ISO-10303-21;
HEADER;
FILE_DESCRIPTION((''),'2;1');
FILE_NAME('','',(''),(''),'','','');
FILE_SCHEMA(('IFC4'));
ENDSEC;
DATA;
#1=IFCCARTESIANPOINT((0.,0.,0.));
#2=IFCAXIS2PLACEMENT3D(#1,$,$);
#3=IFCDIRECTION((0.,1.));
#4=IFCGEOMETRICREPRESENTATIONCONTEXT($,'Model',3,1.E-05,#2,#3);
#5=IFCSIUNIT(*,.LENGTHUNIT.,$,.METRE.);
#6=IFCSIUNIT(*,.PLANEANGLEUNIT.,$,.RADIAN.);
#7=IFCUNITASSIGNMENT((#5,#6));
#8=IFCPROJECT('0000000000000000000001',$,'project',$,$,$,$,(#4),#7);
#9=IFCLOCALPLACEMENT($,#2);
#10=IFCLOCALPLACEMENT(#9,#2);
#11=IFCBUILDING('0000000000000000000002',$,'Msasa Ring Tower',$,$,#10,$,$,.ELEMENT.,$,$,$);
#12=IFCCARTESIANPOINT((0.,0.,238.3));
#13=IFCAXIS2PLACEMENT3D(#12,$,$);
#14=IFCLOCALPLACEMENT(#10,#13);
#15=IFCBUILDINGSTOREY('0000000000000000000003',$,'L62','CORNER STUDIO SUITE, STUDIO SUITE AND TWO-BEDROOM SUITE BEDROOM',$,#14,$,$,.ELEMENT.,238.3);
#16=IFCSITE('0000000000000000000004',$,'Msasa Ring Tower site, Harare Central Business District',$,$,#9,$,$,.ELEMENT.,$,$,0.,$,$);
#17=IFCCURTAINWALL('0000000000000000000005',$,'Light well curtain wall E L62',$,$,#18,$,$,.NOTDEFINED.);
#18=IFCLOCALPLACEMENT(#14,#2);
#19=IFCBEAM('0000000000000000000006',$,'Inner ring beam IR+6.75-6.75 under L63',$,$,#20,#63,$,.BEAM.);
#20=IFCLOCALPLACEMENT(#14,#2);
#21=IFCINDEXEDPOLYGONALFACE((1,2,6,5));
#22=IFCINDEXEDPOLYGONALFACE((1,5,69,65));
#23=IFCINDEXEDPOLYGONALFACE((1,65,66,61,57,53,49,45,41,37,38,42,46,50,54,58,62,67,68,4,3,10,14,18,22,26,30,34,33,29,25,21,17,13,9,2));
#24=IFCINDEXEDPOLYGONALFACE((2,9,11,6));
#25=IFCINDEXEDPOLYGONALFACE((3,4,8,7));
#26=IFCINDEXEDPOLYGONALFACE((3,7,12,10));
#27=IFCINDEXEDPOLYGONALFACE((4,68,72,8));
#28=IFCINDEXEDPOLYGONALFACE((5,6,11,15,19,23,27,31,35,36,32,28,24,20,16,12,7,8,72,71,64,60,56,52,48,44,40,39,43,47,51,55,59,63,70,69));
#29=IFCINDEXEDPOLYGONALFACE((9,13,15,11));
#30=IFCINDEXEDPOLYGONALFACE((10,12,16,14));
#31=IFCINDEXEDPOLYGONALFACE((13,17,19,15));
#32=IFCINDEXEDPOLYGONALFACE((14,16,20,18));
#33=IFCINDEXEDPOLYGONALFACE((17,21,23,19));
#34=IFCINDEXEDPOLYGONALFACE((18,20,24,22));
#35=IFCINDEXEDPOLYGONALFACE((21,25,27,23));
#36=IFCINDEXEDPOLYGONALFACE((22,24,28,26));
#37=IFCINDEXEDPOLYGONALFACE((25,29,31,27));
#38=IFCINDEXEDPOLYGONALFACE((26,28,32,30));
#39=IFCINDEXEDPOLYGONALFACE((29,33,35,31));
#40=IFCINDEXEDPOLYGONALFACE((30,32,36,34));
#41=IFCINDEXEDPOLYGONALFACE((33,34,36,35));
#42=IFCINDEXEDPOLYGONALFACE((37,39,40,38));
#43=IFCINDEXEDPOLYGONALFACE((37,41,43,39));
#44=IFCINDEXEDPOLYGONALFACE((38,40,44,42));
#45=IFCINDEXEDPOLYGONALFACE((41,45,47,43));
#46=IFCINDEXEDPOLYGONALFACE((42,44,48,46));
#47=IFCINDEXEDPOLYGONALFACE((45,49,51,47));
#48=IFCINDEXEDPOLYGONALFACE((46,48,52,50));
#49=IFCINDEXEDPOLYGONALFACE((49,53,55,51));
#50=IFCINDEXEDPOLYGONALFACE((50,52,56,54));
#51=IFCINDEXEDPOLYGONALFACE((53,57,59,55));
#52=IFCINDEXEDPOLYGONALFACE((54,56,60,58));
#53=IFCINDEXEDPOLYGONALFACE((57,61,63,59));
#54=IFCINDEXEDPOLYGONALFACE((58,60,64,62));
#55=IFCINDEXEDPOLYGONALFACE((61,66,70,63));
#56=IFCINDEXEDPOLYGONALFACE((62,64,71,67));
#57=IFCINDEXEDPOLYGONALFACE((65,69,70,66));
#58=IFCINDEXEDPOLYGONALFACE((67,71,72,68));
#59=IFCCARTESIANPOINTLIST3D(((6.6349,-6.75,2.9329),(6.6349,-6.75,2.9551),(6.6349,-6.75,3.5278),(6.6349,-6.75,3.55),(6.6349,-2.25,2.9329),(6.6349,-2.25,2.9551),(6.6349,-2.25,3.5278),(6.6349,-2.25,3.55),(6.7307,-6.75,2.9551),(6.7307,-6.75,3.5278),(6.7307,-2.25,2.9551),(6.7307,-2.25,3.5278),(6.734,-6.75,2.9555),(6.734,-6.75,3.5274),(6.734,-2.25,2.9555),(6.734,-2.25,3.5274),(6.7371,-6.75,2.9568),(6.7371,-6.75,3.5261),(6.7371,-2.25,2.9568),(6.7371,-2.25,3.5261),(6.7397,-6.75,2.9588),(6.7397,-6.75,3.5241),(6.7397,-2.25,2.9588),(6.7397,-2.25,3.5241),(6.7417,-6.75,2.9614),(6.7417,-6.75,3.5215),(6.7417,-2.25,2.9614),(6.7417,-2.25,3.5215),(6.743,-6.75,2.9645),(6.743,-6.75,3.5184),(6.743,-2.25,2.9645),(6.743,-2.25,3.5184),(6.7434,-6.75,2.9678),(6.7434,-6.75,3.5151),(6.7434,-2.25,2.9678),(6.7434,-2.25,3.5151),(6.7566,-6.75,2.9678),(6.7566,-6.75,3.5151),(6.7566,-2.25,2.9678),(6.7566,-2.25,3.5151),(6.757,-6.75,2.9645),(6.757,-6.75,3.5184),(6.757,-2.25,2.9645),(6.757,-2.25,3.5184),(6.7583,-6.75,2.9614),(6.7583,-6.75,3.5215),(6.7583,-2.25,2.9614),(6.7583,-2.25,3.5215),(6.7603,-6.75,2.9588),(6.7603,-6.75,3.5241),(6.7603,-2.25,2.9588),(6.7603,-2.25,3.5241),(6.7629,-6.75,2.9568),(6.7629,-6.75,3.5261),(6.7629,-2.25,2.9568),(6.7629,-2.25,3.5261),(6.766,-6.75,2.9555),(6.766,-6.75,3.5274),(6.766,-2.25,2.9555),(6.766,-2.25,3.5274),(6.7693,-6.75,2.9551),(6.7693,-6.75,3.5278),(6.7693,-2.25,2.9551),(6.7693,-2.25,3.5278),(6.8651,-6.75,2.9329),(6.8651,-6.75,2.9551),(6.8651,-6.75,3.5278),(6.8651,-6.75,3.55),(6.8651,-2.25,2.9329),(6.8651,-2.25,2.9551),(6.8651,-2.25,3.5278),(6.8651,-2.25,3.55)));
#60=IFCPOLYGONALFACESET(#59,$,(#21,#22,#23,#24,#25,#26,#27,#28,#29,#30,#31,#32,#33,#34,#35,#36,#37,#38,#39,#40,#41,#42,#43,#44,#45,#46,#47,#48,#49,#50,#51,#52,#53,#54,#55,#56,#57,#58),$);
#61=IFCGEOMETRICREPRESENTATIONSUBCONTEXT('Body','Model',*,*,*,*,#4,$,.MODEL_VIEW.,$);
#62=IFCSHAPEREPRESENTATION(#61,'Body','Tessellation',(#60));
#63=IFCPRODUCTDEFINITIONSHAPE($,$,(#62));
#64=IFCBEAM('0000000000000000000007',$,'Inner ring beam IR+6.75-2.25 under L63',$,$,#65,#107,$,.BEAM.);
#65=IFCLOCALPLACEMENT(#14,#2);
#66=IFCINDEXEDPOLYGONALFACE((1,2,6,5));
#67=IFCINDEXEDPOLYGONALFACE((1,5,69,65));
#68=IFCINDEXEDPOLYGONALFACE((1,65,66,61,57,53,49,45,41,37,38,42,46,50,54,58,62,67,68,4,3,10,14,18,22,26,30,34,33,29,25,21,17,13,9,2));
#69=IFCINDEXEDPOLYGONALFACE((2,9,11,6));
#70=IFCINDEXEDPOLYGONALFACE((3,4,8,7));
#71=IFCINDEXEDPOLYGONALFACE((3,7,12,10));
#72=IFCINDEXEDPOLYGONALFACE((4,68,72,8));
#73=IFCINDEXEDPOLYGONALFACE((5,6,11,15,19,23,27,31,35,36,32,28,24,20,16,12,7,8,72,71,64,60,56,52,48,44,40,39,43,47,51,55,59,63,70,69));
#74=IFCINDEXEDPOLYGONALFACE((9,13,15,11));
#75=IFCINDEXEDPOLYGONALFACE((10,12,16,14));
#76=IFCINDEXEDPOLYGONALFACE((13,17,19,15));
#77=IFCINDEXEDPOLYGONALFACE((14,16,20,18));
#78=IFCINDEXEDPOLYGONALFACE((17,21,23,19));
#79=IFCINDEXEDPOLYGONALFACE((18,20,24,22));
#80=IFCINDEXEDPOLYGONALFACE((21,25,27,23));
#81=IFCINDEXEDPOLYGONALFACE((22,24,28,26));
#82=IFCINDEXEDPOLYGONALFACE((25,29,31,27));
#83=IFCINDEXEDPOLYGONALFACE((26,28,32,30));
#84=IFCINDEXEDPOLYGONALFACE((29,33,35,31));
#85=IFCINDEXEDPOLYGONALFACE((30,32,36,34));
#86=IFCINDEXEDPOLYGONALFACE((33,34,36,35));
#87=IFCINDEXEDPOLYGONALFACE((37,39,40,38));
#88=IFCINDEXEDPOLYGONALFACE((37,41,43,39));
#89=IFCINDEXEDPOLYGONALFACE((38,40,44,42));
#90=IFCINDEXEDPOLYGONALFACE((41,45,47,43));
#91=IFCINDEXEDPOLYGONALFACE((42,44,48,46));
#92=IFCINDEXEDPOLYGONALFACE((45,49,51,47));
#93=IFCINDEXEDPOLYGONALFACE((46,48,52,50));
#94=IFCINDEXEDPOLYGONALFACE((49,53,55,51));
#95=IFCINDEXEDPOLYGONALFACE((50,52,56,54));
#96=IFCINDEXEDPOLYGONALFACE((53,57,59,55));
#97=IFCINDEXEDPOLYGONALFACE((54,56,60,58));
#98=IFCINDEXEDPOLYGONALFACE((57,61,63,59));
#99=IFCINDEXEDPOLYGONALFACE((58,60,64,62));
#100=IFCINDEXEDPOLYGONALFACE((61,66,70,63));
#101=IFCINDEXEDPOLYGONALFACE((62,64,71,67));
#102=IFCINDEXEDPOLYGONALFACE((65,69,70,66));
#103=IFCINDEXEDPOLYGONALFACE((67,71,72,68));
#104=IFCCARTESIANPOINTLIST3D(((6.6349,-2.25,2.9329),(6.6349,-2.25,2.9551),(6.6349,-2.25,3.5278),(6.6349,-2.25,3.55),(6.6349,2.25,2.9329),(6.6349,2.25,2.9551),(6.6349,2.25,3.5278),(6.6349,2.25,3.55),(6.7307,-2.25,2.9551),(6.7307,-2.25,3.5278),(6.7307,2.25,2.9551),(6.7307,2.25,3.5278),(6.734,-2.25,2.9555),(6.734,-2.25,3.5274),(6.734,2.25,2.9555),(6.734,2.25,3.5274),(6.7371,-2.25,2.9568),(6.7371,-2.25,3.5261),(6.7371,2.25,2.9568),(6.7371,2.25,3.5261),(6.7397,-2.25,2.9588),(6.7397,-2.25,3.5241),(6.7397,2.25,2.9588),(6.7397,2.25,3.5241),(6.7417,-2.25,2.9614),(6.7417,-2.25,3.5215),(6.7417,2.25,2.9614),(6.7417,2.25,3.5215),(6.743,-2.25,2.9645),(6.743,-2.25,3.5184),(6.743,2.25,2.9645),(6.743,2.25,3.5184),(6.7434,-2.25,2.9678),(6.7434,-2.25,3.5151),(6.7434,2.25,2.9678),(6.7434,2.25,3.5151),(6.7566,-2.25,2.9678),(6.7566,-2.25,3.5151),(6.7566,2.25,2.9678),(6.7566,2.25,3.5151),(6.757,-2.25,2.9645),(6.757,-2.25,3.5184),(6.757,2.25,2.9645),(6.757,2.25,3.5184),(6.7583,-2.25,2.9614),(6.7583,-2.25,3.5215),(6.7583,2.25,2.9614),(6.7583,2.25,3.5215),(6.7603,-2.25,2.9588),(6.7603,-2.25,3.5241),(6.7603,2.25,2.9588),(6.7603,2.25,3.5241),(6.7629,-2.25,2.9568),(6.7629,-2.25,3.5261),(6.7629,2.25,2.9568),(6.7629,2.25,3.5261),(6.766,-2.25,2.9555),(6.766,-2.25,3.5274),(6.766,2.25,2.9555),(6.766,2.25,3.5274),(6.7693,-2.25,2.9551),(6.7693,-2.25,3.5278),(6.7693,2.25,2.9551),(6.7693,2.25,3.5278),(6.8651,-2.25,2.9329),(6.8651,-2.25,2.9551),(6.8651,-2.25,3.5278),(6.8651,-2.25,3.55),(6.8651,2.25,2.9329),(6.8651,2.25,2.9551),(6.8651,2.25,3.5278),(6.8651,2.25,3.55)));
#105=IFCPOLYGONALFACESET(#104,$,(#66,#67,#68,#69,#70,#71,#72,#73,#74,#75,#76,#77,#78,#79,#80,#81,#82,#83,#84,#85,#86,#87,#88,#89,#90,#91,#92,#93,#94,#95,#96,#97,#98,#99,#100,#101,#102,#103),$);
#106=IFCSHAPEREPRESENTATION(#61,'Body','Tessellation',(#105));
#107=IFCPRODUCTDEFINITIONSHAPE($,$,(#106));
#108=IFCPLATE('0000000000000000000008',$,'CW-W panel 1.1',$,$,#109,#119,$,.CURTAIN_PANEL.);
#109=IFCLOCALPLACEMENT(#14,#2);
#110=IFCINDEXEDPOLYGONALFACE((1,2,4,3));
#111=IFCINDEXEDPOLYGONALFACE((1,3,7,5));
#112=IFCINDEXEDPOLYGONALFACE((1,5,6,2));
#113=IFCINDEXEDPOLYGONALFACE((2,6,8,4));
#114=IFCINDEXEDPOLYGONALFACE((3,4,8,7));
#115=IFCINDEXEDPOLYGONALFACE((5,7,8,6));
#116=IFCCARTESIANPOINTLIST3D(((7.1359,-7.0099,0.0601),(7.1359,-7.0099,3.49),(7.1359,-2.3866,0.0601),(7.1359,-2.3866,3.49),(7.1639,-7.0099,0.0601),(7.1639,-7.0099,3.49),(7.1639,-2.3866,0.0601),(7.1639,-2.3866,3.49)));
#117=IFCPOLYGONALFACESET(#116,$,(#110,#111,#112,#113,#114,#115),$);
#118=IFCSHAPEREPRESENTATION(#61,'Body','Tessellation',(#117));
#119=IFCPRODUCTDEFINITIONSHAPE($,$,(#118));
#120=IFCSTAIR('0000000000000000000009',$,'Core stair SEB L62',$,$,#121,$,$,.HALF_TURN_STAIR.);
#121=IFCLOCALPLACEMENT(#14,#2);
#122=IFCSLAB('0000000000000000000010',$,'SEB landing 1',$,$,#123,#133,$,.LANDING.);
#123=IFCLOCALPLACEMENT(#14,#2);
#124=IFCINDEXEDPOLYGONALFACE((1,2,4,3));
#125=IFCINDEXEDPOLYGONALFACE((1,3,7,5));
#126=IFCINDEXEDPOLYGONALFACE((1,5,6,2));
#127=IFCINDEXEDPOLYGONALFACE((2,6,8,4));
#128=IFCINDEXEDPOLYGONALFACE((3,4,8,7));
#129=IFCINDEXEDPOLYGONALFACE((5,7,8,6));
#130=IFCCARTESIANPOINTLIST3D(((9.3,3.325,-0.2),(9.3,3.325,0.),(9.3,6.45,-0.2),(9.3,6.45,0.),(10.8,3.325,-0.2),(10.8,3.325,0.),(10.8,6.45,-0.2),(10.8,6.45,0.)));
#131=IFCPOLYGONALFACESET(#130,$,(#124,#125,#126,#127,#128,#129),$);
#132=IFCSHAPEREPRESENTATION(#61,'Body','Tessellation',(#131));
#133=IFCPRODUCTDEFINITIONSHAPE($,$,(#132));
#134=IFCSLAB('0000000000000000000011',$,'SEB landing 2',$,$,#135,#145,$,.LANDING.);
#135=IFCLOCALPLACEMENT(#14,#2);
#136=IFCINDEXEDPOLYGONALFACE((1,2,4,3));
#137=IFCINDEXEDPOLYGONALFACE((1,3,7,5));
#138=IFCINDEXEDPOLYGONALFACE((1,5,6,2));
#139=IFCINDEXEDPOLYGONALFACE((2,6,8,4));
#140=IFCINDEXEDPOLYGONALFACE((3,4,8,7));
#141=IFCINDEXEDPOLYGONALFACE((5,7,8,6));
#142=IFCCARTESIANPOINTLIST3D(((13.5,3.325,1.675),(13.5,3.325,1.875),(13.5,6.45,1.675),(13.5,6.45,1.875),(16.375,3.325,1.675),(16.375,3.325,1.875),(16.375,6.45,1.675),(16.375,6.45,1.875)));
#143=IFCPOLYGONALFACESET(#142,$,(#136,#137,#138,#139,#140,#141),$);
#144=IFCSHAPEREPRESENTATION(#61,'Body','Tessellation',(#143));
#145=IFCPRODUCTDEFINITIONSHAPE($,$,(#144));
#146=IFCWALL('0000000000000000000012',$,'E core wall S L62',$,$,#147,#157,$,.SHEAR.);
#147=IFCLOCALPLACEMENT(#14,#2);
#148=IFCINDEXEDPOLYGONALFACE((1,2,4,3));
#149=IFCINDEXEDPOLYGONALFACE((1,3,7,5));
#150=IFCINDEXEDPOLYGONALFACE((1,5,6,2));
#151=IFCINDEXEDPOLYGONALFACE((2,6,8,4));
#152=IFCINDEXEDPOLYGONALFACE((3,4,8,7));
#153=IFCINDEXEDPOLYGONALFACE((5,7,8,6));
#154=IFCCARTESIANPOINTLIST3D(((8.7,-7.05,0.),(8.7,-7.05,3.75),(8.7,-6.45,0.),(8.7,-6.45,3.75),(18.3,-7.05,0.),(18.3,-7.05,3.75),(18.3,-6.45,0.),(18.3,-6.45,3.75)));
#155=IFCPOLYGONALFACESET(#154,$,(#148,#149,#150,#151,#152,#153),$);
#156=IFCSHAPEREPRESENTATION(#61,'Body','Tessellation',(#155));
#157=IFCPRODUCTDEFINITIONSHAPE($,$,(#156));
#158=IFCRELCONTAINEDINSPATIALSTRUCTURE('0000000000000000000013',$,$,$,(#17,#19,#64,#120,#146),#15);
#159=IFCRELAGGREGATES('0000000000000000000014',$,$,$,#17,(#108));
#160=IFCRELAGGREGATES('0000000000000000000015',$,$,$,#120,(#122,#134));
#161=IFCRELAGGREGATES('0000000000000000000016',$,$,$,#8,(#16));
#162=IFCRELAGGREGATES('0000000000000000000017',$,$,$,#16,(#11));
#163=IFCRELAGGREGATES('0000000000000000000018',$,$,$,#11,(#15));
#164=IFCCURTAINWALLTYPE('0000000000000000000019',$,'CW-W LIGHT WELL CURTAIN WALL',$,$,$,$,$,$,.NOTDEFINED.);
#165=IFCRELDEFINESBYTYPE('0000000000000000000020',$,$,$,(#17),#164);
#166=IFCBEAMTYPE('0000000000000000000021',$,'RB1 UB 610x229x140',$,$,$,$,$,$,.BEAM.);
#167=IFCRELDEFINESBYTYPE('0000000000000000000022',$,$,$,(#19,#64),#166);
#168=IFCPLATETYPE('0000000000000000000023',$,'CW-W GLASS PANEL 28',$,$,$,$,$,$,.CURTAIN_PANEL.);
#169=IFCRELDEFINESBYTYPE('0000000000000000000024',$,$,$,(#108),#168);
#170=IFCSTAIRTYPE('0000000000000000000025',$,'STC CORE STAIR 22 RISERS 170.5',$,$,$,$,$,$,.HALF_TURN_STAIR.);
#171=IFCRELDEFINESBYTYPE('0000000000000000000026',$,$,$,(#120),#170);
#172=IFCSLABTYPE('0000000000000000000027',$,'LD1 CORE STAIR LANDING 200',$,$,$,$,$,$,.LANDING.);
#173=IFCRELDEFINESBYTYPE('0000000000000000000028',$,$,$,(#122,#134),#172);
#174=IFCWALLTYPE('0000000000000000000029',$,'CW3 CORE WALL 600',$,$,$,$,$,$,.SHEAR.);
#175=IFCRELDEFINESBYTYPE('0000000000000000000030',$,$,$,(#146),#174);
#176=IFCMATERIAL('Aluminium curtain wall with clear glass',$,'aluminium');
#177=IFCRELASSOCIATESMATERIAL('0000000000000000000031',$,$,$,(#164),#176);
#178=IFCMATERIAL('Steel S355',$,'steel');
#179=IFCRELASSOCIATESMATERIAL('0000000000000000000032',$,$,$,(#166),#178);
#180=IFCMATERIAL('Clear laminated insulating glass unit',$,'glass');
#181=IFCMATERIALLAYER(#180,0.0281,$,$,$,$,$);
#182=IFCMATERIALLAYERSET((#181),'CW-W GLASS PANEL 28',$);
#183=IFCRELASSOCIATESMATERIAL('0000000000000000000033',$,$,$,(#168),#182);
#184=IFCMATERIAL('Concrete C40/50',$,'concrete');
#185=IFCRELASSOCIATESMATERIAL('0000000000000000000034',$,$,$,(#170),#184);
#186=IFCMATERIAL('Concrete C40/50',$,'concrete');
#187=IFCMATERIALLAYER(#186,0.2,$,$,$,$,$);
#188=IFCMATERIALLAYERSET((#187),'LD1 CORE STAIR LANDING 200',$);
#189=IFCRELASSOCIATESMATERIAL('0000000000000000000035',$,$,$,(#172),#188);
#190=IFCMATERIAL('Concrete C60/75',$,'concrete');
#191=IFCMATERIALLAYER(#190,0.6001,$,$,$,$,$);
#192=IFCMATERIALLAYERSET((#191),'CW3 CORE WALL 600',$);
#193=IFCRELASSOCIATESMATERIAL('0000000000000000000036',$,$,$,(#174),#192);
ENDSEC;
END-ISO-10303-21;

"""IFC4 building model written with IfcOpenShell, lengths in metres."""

from ifc_helpers import new_model, si_unit, direction, frame, frame_2d, origin, origin_2d, place, context, subcontext, project, spatial, polyline, rectangle, i_section, outline, extrude, material, layer, layer_set, material_profile, profile_set, type_object, element, aggregate, save


model = new_model("IFC4")

# Units and contexts
model_context = context("Model", 3, precision=1e-05, world=origin(), true_north=direction((0.0, 1.0)))
body_context = subcontext(model_context, "Body", "Model", "MODEL_VIEW")
ifc_project = project(units=[si_unit("LENGTHUNIT", "METRE"), si_unit("PLANEANGLEUNIT", "RADIAN")], contexts=[model_context])

# Site, building, storey
site_placement = place(None, origin())
site = spatial("IfcSite", under=ifc_project, at=site_placement, Name="Msasa Ring Tower site, Harare Central Business District", CompositionType="ELEMENT", RefElevation=0.0)
building_placement = place(site_placement, origin())
building = spatial("IfcBuilding", under=site, at=building_placement, Name="Msasa Ring Tower", CompositionType="ELEMENT")
storey_placement = place(building_placement, frame((0.0, 0.0, 238.3)))
storey = spatial("IfcBuildingStorey", under=building, at=storey_placement, Name="L62", Description="CORNER STUDIO SUITE, STUDIO SUITE AND TWO-BEDROOM SUITE BEDROOM", CompositionType="ELEMENT", Elevation=238.3)

# Shared definitions
ifc_material_1 = material(Name="Aluminium curtain wall with clear glass", Category="aluminium")
curtain_wall_type = type_object("IfcCurtainWallType", Name="CW-W LIGHT WELL CURTAIN WALL", PredefinedType="NOTDEFINED", material=ifc_material_1)

# Curtain wall
curtain_wall_1_placement = place(storey_placement, origin())
curtain_wall_1 = element("IfcCurtainWall", 1, at=curtain_wall_1_placement, inside=storey, type_object=curtain_wall_type, Name="Light well curtain wall E L62", PredefinedType="NOTDEFINED")

# Beams
ifc_material_2 = material(Name="Steel S355", Category="steel")
ifc_material_profile_1 = material_profile(ifc_material_2, i_section(OverallWidth=0.2302, OverallDepth=0.6172, WebThickness=0.0132, FlangeThickness=0.0222, FilletRadius=0.0127, at=origin_2d()), Name="UB 610x229x140")
ifc_profile_set_1 = profile_set([ifc_material_profile_1], Name="Steel S355")
beam_type = type_object("IfcBeamType", Name="RB1 UB 610x229x140", PredefinedType="BEAM", material=ifc_profile_set_1)
for number, where, z_axis, x_axis, name in (
    (2, (6.75, -6.75, 3.2415), (0.0, 1.0, 0.0), (-1.0, 0.0, 0.0), "Inner ring beam IR+6.75-6.75 under L63"),
    (3, (6.75, -2.25, 3.2415), (0.0, 1.0, 0.0), (-1.0, 0.0, 0.0), "Inner ring beam IR+6.75-2.25 under L63"),
):
    element("IfcBeam", number, at=place(storey_placement, frame(where, z_axis=z_axis, x_axis=x_axis)), inside=storey, type_object=beam_type, Name=name, PredefinedType="BEAM", context=body_context, shape_type="SweptSolid", body=[
        extrude(i_section(OverallWidth=0.2302, OverallDepth=0.6172, WebThickness=0.0132, FlangeThickness=0.0222, FilletRadius=0.0127, at=origin_2d()), origin(), (0.0, 0.0, 1.0), 4.5),
    ])

# Plate
ifc_material_3 = material(Name="Clear laminated insulating glass unit", Category="glass")
ifc_layer_1 = layer(ifc_material_3, 0.0281)
ifc_layer_set_1 = layer_set([ifc_layer_1], Name="CW-W GLASS PANEL 28")
plate_type = type_object("IfcPlateType", Name="CW-W GLASS PANEL 28", PredefinedType="CURTAIN_PANEL", material=ifc_layer_set_1)
plate_placement = place(storey_placement, frame((7.1499, -4.6982, 0.0601), z_axis=(0.0, 0.0, 1.0), x_axis=(0.0, 1.0, 0.0)))
plate = element("IfcPlate", 4, at=plate_placement, type_object=plate_type, Name="CW-W panel 1.1", PredefinedType="CURTAIN_PANEL", context=body_context, shape_type="SweptSolid", body=[
    extrude(rectangle(XDim=4.6233, YDim=0.0281, at=origin_2d()), origin(), (0.0, 0.0, 1.0), 3.4299),
])
aggregate(curtain_wall_1, [plate])

# Stair, slabs
ifc_material_4 = material(Name="Concrete C40/50", Category="concrete")
stair_type = type_object("IfcStairType", Name="STC CORE STAIR 22 RISERS 170.5", PredefinedType="HALF_TURN_STAIR", material=ifc_material_4)
stair_1_placement = place(storey_placement, origin())
stair_1 = element("IfcStair", 5, at=stair_1_placement, inside=storey, type_object=stair_type, Name="Core stair SEB L62", PredefinedType="HALF_TURN_STAIR")
ifc_material_5 = material(Name="Concrete C40/50", Category="concrete")
ifc_layer_2 = layer(ifc_material_5, 0.2)
ifc_layer_set_2 = layer_set([ifc_layer_2], Name="LD1 CORE STAIR LANDING 200")
slab_type = type_object("IfcSlabType", Name="LD1 CORE STAIR LANDING 200", PredefinedType="LANDING", material=ifc_layer_set_2)
slab_1_placement = place(storey_placement, frame((0.0, 0.0, -0.2)))
slab_1 = element("IfcSlab", 6, at=slab_1_placement, type_object=slab_type, Name="SEB landing 1", PredefinedType="LANDING", context=body_context, shape_type="SweptSolid", body=[
    extrude(outline(polyline([(9.3, 3.325), (10.8, 3.325), (10.8, 6.45), (9.3, 6.45), (9.3, 3.325)])), origin(), (0.0, 0.0, 1.0), 0.2),
])
slab_2_placement = place(storey_placement, frame((0.0, 0.0, 1.675)))
slab_2 = element("IfcSlab", 7, at=slab_2_placement, type_object=slab_type, Name="SEB landing 2", PredefinedType="LANDING", context=body_context, shape_type="SweptSolid", body=[
    extrude(outline(polyline([(13.5, 3.325), (16.375, 3.325), (16.375, 6.45), (13.5, 6.45), (13.5, 3.325)])), origin(), (0.0, 0.0, 1.0), 0.2),
])
aggregate(stair_1, [slab_1, slab_2])

# Wall
ifc_material_6 = material(Name="Concrete C60/75", Category="concrete")
ifc_layer_3 = layer(ifc_material_6, 0.6001)
ifc_layer_set_3 = layer_set([ifc_layer_3], Name="CW3 CORE WALL 600")
wall_type_1 = type_object("IfcWallType", Name="CW3 CORE WALL 600", PredefinedType="SHEAR", material=ifc_layer_set_3)
wall_1_placement = place(storey_placement, frame((8.7, -6.75, 0.0), z_axis=(0.0, 0.0, 1.0), x_axis=(1.0, 0.0, 0.0)))
element("IfcWall", 8, at=wall_1_placement, inside=storey, type_object=wall_type_1, Name="E core wall S L62", PredefinedType="SHEAR", context=body_context, shape_type="SweptSolid", body=[
    extrude(rectangle(XDim=9.6001, YDim=0.6001, at=frame_2d((4.8, 0.0))), origin(), (0.0, 0.0, 1.0), 3.75),
])

save(model, "model.ifc")
